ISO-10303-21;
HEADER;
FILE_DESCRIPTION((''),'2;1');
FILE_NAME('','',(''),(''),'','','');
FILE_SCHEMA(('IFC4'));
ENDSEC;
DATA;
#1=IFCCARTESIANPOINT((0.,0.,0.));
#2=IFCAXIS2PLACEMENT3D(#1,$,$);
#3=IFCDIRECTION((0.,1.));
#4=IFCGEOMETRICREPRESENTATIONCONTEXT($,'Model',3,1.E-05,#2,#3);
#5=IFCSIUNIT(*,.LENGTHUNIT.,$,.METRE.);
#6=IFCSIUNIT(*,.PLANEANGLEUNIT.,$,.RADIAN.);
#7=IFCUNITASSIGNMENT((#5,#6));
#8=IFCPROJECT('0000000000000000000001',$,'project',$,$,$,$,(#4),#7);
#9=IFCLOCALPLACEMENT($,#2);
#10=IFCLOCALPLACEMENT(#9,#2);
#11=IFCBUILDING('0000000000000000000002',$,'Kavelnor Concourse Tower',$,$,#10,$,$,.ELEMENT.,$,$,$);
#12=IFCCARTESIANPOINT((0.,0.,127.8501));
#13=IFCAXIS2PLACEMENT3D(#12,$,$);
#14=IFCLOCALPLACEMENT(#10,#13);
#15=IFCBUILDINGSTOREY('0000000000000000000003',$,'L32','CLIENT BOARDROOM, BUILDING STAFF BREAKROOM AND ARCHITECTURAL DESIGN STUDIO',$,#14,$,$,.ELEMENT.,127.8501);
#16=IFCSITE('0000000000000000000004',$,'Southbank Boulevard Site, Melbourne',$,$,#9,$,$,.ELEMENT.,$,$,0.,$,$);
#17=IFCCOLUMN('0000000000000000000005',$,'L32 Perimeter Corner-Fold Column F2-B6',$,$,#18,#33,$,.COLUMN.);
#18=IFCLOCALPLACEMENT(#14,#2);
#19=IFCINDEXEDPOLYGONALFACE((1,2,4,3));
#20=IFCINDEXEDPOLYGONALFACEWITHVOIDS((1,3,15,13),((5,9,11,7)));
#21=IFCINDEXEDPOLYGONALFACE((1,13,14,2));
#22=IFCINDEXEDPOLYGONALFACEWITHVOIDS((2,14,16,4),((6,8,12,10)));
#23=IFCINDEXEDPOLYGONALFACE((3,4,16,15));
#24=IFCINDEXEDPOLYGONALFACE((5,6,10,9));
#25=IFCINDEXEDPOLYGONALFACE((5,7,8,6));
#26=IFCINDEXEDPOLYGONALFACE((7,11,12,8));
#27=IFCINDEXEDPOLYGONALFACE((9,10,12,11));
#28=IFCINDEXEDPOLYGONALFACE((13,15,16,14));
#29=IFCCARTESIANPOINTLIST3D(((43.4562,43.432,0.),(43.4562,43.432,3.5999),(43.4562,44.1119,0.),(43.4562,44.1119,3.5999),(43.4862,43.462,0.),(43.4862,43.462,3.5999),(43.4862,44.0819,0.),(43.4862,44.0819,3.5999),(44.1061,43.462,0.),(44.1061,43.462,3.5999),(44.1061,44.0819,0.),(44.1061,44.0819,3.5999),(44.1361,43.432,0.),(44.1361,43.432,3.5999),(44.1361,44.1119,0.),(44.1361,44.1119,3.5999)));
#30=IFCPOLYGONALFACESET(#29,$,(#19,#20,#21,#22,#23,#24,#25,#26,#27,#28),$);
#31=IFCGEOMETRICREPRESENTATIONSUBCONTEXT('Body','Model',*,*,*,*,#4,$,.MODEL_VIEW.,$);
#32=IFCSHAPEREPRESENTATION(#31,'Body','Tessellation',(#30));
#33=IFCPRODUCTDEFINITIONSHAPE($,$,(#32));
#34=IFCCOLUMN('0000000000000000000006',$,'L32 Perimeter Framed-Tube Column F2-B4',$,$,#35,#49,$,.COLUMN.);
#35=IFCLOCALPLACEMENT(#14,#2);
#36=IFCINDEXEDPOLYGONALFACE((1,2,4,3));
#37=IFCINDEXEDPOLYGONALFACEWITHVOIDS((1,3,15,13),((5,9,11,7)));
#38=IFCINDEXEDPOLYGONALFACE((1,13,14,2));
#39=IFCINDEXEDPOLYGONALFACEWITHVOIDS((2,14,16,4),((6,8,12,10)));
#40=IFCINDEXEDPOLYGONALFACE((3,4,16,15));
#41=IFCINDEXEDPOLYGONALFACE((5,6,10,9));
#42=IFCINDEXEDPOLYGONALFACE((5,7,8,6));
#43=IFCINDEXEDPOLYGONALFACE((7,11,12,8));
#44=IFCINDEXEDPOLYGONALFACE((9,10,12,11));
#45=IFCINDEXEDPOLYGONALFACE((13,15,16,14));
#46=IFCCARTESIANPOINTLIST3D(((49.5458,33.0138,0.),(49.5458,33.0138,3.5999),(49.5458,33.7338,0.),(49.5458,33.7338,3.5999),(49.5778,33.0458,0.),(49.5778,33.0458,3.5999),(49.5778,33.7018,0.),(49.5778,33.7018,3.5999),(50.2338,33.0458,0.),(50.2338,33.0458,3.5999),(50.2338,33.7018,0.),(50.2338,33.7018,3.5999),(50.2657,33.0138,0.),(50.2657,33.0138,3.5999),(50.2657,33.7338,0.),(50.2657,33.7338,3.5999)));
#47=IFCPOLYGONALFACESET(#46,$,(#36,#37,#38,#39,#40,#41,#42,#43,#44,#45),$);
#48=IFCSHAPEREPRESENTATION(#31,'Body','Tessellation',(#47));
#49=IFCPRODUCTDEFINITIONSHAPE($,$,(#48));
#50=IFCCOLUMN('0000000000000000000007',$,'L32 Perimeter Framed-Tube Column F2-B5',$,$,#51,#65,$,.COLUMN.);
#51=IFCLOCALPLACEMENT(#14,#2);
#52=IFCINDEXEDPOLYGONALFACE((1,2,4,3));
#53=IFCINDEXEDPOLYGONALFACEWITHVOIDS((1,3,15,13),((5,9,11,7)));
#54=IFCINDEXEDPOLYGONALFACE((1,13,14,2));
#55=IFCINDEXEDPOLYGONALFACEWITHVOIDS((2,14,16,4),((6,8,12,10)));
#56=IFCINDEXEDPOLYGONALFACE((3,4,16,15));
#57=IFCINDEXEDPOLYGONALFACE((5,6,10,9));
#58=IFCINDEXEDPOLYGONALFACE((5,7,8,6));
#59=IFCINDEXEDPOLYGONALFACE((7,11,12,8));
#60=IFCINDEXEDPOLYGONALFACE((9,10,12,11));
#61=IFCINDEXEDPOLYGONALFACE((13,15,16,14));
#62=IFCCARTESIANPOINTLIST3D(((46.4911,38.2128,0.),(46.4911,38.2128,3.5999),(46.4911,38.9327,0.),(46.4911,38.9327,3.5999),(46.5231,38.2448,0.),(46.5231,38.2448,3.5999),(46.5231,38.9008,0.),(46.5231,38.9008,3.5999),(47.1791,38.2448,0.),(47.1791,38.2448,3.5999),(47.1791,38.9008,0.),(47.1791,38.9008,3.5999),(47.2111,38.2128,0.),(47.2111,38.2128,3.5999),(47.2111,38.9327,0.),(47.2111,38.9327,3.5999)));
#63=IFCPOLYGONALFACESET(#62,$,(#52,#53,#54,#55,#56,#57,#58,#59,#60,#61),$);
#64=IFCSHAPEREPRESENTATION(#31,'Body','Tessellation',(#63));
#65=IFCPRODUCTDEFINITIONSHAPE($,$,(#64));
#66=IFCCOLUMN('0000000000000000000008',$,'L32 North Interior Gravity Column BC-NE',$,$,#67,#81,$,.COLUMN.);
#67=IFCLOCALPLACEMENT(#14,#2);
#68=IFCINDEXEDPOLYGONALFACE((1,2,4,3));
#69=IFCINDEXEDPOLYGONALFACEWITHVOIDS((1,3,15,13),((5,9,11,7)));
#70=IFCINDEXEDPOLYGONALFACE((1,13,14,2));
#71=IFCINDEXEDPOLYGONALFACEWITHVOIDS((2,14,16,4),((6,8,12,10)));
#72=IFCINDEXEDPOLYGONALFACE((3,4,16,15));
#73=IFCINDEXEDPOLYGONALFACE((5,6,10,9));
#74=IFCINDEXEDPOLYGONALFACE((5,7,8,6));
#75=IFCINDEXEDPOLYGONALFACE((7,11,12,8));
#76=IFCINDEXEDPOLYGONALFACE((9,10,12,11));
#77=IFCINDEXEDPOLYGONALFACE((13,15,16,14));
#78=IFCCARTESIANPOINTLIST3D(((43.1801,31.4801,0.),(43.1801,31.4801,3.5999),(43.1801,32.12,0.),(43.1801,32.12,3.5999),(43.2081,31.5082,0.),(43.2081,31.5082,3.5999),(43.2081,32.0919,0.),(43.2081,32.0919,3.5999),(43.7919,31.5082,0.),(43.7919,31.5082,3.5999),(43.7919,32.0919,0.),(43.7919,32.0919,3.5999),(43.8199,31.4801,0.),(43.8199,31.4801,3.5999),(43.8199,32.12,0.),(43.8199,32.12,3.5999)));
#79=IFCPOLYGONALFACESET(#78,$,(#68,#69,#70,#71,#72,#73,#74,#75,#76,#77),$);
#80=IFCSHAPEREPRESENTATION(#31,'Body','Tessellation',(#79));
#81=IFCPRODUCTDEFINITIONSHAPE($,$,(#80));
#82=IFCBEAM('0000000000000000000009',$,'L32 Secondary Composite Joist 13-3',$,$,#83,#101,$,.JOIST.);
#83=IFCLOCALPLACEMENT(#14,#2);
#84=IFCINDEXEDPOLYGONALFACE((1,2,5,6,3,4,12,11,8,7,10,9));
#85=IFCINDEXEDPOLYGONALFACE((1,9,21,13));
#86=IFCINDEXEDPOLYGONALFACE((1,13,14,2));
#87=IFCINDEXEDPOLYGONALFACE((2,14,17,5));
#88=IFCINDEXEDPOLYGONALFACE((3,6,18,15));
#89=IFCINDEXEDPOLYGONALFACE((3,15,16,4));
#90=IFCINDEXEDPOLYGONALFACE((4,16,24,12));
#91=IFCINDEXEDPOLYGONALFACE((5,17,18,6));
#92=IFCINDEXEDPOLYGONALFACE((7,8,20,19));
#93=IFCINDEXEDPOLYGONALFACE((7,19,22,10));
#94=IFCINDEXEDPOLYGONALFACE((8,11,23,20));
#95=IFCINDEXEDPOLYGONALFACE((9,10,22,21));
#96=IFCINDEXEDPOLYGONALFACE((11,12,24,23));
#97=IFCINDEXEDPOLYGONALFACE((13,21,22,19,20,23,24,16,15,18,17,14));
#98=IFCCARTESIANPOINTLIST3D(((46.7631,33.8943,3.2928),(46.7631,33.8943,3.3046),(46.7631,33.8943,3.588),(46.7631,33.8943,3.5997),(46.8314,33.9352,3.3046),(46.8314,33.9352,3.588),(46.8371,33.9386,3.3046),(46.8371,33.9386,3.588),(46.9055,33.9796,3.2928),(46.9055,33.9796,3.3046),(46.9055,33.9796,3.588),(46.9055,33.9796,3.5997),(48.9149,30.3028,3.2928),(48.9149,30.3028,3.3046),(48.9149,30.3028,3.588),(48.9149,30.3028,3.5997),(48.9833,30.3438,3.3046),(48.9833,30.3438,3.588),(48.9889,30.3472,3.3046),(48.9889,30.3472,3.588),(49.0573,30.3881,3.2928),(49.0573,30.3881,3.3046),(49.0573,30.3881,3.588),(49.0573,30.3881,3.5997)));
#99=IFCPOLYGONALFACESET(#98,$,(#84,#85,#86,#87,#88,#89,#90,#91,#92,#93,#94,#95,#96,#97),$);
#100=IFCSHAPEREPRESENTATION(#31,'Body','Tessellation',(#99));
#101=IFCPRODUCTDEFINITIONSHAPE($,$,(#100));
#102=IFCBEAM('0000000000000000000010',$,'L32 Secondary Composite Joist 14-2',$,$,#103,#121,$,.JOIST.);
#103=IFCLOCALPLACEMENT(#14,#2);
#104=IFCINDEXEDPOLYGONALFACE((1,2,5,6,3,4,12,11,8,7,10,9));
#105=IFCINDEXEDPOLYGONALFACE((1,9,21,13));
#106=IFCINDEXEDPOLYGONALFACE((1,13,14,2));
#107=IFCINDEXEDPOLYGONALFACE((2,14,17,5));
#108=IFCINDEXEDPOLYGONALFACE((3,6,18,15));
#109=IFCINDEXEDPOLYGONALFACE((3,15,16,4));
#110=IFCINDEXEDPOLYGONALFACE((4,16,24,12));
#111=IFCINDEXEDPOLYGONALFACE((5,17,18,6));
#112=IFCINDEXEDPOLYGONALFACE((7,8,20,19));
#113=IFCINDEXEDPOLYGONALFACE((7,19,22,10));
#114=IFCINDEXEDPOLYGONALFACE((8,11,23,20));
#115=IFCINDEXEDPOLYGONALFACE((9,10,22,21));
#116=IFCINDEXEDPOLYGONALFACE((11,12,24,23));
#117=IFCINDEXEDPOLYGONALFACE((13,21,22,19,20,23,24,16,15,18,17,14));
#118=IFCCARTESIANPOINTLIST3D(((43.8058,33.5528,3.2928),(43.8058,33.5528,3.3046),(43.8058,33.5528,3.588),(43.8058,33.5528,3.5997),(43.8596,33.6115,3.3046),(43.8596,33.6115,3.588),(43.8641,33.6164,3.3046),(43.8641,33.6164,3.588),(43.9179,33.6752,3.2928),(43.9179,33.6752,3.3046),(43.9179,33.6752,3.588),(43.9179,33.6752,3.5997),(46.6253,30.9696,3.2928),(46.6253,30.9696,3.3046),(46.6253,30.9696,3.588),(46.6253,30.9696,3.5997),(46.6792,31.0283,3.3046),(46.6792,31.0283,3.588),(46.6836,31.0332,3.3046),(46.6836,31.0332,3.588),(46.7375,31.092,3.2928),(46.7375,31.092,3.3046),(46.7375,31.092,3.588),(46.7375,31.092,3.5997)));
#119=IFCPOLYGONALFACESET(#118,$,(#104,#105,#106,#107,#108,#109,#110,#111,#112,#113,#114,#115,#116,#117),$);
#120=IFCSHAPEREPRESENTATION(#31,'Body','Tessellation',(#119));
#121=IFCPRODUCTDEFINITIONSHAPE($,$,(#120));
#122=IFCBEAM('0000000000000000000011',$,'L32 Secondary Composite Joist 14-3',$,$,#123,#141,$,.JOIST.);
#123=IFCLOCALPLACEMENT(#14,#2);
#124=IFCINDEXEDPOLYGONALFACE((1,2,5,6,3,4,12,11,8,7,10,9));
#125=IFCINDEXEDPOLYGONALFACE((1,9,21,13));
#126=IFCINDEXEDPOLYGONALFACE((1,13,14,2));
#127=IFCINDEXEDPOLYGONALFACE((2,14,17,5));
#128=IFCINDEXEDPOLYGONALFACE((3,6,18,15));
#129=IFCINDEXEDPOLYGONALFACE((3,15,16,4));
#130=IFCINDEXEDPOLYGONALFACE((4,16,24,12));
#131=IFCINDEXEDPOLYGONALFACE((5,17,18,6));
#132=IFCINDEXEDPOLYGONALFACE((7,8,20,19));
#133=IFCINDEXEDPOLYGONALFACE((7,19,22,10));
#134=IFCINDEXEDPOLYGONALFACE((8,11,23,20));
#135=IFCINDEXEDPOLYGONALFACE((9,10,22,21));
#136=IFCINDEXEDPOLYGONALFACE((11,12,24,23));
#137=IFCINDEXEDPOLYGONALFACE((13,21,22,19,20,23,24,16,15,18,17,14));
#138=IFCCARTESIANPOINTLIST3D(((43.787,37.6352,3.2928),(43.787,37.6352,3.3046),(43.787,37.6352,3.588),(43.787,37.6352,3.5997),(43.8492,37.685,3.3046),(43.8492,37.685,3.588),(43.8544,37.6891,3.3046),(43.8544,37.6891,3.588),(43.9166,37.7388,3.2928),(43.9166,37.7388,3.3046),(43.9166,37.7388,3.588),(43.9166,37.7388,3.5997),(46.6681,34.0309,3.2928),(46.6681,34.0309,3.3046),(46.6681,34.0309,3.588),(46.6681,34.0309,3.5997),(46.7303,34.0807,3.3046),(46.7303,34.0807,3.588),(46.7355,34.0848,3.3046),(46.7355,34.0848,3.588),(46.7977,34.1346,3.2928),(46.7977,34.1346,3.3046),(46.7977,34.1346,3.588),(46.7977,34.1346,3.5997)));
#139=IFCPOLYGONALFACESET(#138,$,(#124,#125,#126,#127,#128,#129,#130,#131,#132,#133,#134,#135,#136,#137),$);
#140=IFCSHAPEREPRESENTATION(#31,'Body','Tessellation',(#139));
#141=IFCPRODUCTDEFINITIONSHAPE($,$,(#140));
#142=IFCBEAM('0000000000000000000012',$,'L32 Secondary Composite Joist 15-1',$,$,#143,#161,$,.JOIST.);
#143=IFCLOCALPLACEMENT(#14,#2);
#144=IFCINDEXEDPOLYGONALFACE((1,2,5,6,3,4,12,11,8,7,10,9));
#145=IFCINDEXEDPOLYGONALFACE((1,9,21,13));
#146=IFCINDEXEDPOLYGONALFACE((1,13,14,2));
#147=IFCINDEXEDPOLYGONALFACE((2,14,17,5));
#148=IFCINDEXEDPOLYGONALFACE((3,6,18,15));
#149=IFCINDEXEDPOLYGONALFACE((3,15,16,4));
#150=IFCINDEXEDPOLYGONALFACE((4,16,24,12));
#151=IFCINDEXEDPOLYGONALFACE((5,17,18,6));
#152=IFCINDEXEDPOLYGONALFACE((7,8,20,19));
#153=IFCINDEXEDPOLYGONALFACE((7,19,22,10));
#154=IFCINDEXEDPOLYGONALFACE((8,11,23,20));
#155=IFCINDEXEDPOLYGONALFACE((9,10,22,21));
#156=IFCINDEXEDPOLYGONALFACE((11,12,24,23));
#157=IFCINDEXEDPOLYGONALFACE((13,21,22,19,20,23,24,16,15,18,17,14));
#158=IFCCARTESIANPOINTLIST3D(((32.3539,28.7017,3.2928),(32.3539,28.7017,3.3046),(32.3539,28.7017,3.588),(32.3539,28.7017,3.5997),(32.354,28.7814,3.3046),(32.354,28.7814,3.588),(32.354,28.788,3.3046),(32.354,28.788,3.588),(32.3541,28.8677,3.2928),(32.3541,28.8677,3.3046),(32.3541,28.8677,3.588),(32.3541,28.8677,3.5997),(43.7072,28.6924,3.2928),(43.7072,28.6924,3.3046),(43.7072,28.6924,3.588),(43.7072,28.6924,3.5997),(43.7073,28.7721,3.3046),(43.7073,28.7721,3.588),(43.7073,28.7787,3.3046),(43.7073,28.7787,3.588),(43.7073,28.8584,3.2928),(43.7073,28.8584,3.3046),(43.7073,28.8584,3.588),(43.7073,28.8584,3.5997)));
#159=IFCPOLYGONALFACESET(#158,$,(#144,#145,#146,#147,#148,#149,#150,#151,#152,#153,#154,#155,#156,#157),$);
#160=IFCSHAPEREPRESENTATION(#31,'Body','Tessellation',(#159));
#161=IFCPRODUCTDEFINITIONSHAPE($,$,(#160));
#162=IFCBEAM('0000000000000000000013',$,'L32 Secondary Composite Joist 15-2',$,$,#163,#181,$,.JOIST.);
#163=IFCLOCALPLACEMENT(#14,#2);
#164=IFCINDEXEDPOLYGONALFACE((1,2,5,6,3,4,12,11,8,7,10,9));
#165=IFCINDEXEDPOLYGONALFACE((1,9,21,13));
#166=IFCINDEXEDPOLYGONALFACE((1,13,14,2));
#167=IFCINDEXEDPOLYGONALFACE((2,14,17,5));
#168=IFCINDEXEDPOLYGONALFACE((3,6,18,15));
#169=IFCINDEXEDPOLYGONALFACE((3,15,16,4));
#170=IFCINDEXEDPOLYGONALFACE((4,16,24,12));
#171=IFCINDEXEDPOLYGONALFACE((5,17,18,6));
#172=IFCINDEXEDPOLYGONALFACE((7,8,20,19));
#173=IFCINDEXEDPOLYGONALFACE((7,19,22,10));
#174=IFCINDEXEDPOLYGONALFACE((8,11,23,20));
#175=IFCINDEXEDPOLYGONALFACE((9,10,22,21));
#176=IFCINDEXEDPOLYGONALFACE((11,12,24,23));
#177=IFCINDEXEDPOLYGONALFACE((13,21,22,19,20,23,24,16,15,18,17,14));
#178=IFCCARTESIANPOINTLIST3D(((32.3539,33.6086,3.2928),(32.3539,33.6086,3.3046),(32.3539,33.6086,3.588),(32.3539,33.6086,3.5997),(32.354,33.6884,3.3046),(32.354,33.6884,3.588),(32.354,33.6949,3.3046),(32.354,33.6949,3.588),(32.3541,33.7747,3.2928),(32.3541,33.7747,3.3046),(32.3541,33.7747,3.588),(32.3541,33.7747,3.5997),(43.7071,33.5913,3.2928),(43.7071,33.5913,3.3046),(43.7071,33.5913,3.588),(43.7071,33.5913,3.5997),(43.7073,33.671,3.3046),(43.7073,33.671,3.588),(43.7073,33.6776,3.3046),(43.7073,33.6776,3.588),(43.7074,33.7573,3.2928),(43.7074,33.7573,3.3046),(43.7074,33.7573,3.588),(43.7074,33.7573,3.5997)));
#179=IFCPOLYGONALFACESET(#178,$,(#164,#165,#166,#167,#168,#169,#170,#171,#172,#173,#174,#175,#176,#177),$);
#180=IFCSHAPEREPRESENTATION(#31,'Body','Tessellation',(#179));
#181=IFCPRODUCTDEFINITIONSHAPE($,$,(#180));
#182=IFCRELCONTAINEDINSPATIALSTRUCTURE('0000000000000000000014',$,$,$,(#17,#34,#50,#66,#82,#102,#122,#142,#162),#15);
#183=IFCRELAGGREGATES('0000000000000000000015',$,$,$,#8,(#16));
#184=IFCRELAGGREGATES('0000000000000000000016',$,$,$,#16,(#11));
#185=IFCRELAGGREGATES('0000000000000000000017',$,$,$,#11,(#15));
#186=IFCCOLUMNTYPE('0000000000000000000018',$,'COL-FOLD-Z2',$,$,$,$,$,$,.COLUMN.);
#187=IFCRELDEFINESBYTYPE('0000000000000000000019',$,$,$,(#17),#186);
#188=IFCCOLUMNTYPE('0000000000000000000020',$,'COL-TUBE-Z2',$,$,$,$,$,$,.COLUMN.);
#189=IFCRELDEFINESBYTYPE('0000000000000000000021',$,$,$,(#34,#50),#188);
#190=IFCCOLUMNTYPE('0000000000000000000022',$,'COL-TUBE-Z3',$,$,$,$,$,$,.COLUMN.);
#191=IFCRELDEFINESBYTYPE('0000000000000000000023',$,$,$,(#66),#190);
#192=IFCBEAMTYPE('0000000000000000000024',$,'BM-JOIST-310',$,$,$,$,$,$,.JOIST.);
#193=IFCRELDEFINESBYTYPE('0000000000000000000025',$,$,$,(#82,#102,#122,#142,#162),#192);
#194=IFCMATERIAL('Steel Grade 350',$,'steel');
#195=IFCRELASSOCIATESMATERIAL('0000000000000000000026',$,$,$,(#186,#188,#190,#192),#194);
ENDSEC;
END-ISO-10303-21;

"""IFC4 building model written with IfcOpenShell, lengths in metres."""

from ifc_helpers import new_model, si_unit, direction, frame, origin, origin_2d, place, context, subcontext, project, spatial, hollow_rectangle, i_section, extrude, material, material_profile, profile_set, type_object, element, save


model = new_model("IFC4")

# Units and contexts
model_context = context("Model", 3, precision=1e-05, world=origin(), true_north=direction((0.0, 1.0)))
body_context = subcontext(model_context, "Body", "Model", "MODEL_VIEW")
ifc_project = project(units=[si_unit("LENGTHUNIT", "METRE"), si_unit("PLANEANGLEUNIT", "RADIAN")], contexts=[model_context])

# Site, building, storey
site_placement = place(None, origin())
site = spatial("IfcSite", under=ifc_project, at=site_placement, Name="Southbank Boulevard Site, Melbourne", CompositionType="ELEMENT", RefElevation=0.0)
building_placement = place(site_placement, origin())
building = spatial("IfcBuilding", under=site, at=building_placement, Name="Kavelnor Concourse Tower", CompositionType="ELEMENT")
storey_placement = place(building_placement, frame((0.0, 0.0, 127.8501)))
storey = spatial("IfcBuildingStorey", under=building, at=storey_placement, Name="L32", Description="CLIENT BOARDROOM, BUILDING STAFF BREAKROOM AND ARCHITECTURAL DESIGN STUDIO", CompositionType="ELEMENT", Elevation=127.8501)

# Columns
ifc_material_1 = material(Name="Steel Grade 350", Category="steel")
ifc_material_profile_1 = material_profile(ifc_material_1, hollow_rectangle(XDim=0.6799, YDim=0.6799, WallThickness=0.03, at=origin_2d()), Name="SHS 680x680x30")
ifc_profile_set_1 = profile_set([ifc_material_profile_1], Name="Steel Grade 350")
column_type_1 = type_object("IfcColumnType", Name="COL-FOLD-Z2", PredefinedType="COLUMN", material=ifc_profile_set_1)
column_1_placement = place(storey_placement, frame((43.7961, 43.772, 0.0), z_axis=(0.0, 0.0, 1.0), x_axis=(1.0, 0.0, 0.0)))
element("IfcColumn", 1, at=column_1_placement, inside=storey, type_object=column_type_1, Name="L32 Perimeter Corner-Fold Column F2-B6", PredefinedType="COLUMN", context=body_context, shape_type="SweptSolid", body=[
    extrude(hollow_rectangle(XDim=0.6799, YDim=0.6799, WallThickness=0.03, at=origin_2d()), origin(), (0.0, 0.0, 1.0), 3.5999),
])
ifc_material_profile_2 = material_profile(ifc_material_1, hollow_rectangle(XDim=0.72, YDim=0.72, WallThickness=0.032, at=origin_2d()), Name="SHS 720x720x32")
ifc_profile_set_2 = profile_set([ifc_material_profile_2], Name="Steel Grade 350")
column_type_2 = type_object("IfcColumnType", Name="COL-TUBE-Z2", PredefinedType="COLUMN", material=ifc_profile_set_2)
for number, where, z_axis, x_axis, name in (
    (2, (49.9058, 33.3738, 0.0), (0.0, 0.0, 1.0), (1.0, 0.0, 0.0), "L32 Perimeter Framed-Tube Column F2-B4"),
    (3, (46.8511, 38.5728, 0.0), (0.0, 0.0, 1.0), (1.0, 0.0, 0.0), "L32 Perimeter Framed-Tube Column F2-B5"),
):
    element("IfcColumn", number, at=place(storey_placement, frame(where, z_axis=z_axis, x_axis=x_axis)), inside=storey, type_object=column_type_2, Name=name, PredefinedType="COLUMN", context=body_context, shape_type="SweptSolid", body=[
        extrude(hollow_rectangle(XDim=0.72, YDim=0.72, WallThickness=0.032, at=origin_2d()), origin(), (0.0, 0.0, 1.0), 3.5999),
    ])
ifc_material_profile_3 = material_profile(ifc_material_1, hollow_rectangle(XDim=0.6399, YDim=0.6399, WallThickness=0.0281, at=origin_2d()), Name="SHS 640x640x28")
ifc_profile_set_3 = profile_set([ifc_material_profile_3], Name="Steel Grade 350")
column_type_3 = type_object("IfcColumnType", Name="COL-TUBE-Z3", PredefinedType="COLUMN", material=ifc_profile_set_3)
column_2_placement = place(storey_placement, frame((43.5, 31.8, 0.0), z_axis=(0.0, 0.0, 1.0), x_axis=(1.0, 0.0, 0.0)))
element("IfcColumn", 4, at=column_2_placement, inside=storey, type_object=column_type_3, Name="L32 North Interior Gravity Column BC-NE", PredefinedType="COLUMN", context=body_context, shape_type="SweptSolid", body=[
    extrude(hollow_rectangle(XDim=0.6399, YDim=0.6399, WallThickness=0.0281, at=origin_2d()), origin(), (0.0, 0.0, 1.0), 3.5999),
])

# Beams
ifc_material_profile_4 = material_profile(ifc_material_1, i_section(OverallWidth=0.166, OverallDepth=0.3069, WebThickness=0.0066, FlangeThickness=0.0117, at=origin_2d()), Name="310UB46")
ifc_profile_set_4 = profile_set([ifc_material_profile_4], Name="Steel Grade 350")
beam_type_1 = type_object("IfcBeamType", Name="BM-JOIST-310", PredefinedType="JOIST", material=ifc_profile_set_4)
beam_1_placement = place(storey_placement, frame((48.9861, 30.3455, 3.4463), z_axis=(-0.513955, 0.857817, 0.0), x_axis=(-0.857817, -0.513955, 0.0)))
element("IfcBeam", 5, at=beam_1_placement, inside=storey, type_object=beam_type_1, Name="L32 Secondary Composite Joist 13-3", PredefinedType="JOIST", context=body_context, shape_type="SweptSolid", body=[
    extrude(i_section(OverallWidth=0.166, OverallDepth=0.3069, WebThickness=0.0066, FlangeThickness=0.0117, at=origin_2d()), origin(), (0.0, 0.0, 1.0), 4.1868),
])
beam_2_placement = place(storey_placement, frame((46.6814, 31.0308, 3.4463), z_axis=(-0.737332, 0.675531, 0.0), x_axis=(-0.675531, -0.737332, 0.0)))
element("IfcBeam", 6, at=beam_2_placement, inside=storey, type_object=beam_type_1, Name="L32 Secondary Composite Joist 14-2", PredefinedType="JOIST", context=body_context, shape_type="SweptSolid", body=[
    extrude(i_section(OverallWidth=0.166, OverallDepth=0.3069, WebThickness=0.0066, FlangeThickness=0.0117, at=origin_2d()), origin(), (0.0, 0.0, 1.0), 3.824),
])
beam_3_placement = place(storey_placement, frame((46.7329, 34.0828, 3.4463), z_axis=(-0.624392, 0.781111, 0.0), x_axis=(-0.781111, -0.624392, 0.0)))
element("IfcBeam", 7, at=beam_3_placement, inside=storey, type_object=beam_type_1, Name="L32 Secondary Composite Joist 14-3", PredefinedType="JOIST", context=body_context, shape_type="SweptSolid", body=[
    extrude(i_section(OverallWidth=0.166, OverallDepth=0.3069, WebThickness=0.0066, FlangeThickness=0.0117, at=origin_2d()), origin(), (0.0, 0.0, 1.0), 4.6143),
])
for number, where, z_axis, x_axis, name in (
    (8, (43.7073, 28.7754, 3.4463), (-1.0, 0.000817, 0.0), (-0.000817, -1.0, 0.0), "L32 Secondary Composite Joist 15-1"),
    (9, (43.7073, 33.6743, 3.4463), (-0.999999, 0.001527, 0.0), (-0.001527, -0.999999, 0.0), "L32 Secondary Composite Joist 15-2"),
):
    element("IfcBeam", number, at=place(storey_placement, frame(where, z_axis=z_axis, x_axis=x_axis)), inside=storey, type_object=beam_type_1, Name=name, PredefinedType="JOIST", context=body_context, shape_type="SweptSolid", body=[
        extrude(i_section(OverallWidth=0.166, OverallDepth=0.3069, WebThickness=0.0066, FlangeThickness=0.0117, at=origin_2d()), origin(), (0.0, 0.0, 1.0), 11.3533),
    ])

save(model, "model.ifc")
